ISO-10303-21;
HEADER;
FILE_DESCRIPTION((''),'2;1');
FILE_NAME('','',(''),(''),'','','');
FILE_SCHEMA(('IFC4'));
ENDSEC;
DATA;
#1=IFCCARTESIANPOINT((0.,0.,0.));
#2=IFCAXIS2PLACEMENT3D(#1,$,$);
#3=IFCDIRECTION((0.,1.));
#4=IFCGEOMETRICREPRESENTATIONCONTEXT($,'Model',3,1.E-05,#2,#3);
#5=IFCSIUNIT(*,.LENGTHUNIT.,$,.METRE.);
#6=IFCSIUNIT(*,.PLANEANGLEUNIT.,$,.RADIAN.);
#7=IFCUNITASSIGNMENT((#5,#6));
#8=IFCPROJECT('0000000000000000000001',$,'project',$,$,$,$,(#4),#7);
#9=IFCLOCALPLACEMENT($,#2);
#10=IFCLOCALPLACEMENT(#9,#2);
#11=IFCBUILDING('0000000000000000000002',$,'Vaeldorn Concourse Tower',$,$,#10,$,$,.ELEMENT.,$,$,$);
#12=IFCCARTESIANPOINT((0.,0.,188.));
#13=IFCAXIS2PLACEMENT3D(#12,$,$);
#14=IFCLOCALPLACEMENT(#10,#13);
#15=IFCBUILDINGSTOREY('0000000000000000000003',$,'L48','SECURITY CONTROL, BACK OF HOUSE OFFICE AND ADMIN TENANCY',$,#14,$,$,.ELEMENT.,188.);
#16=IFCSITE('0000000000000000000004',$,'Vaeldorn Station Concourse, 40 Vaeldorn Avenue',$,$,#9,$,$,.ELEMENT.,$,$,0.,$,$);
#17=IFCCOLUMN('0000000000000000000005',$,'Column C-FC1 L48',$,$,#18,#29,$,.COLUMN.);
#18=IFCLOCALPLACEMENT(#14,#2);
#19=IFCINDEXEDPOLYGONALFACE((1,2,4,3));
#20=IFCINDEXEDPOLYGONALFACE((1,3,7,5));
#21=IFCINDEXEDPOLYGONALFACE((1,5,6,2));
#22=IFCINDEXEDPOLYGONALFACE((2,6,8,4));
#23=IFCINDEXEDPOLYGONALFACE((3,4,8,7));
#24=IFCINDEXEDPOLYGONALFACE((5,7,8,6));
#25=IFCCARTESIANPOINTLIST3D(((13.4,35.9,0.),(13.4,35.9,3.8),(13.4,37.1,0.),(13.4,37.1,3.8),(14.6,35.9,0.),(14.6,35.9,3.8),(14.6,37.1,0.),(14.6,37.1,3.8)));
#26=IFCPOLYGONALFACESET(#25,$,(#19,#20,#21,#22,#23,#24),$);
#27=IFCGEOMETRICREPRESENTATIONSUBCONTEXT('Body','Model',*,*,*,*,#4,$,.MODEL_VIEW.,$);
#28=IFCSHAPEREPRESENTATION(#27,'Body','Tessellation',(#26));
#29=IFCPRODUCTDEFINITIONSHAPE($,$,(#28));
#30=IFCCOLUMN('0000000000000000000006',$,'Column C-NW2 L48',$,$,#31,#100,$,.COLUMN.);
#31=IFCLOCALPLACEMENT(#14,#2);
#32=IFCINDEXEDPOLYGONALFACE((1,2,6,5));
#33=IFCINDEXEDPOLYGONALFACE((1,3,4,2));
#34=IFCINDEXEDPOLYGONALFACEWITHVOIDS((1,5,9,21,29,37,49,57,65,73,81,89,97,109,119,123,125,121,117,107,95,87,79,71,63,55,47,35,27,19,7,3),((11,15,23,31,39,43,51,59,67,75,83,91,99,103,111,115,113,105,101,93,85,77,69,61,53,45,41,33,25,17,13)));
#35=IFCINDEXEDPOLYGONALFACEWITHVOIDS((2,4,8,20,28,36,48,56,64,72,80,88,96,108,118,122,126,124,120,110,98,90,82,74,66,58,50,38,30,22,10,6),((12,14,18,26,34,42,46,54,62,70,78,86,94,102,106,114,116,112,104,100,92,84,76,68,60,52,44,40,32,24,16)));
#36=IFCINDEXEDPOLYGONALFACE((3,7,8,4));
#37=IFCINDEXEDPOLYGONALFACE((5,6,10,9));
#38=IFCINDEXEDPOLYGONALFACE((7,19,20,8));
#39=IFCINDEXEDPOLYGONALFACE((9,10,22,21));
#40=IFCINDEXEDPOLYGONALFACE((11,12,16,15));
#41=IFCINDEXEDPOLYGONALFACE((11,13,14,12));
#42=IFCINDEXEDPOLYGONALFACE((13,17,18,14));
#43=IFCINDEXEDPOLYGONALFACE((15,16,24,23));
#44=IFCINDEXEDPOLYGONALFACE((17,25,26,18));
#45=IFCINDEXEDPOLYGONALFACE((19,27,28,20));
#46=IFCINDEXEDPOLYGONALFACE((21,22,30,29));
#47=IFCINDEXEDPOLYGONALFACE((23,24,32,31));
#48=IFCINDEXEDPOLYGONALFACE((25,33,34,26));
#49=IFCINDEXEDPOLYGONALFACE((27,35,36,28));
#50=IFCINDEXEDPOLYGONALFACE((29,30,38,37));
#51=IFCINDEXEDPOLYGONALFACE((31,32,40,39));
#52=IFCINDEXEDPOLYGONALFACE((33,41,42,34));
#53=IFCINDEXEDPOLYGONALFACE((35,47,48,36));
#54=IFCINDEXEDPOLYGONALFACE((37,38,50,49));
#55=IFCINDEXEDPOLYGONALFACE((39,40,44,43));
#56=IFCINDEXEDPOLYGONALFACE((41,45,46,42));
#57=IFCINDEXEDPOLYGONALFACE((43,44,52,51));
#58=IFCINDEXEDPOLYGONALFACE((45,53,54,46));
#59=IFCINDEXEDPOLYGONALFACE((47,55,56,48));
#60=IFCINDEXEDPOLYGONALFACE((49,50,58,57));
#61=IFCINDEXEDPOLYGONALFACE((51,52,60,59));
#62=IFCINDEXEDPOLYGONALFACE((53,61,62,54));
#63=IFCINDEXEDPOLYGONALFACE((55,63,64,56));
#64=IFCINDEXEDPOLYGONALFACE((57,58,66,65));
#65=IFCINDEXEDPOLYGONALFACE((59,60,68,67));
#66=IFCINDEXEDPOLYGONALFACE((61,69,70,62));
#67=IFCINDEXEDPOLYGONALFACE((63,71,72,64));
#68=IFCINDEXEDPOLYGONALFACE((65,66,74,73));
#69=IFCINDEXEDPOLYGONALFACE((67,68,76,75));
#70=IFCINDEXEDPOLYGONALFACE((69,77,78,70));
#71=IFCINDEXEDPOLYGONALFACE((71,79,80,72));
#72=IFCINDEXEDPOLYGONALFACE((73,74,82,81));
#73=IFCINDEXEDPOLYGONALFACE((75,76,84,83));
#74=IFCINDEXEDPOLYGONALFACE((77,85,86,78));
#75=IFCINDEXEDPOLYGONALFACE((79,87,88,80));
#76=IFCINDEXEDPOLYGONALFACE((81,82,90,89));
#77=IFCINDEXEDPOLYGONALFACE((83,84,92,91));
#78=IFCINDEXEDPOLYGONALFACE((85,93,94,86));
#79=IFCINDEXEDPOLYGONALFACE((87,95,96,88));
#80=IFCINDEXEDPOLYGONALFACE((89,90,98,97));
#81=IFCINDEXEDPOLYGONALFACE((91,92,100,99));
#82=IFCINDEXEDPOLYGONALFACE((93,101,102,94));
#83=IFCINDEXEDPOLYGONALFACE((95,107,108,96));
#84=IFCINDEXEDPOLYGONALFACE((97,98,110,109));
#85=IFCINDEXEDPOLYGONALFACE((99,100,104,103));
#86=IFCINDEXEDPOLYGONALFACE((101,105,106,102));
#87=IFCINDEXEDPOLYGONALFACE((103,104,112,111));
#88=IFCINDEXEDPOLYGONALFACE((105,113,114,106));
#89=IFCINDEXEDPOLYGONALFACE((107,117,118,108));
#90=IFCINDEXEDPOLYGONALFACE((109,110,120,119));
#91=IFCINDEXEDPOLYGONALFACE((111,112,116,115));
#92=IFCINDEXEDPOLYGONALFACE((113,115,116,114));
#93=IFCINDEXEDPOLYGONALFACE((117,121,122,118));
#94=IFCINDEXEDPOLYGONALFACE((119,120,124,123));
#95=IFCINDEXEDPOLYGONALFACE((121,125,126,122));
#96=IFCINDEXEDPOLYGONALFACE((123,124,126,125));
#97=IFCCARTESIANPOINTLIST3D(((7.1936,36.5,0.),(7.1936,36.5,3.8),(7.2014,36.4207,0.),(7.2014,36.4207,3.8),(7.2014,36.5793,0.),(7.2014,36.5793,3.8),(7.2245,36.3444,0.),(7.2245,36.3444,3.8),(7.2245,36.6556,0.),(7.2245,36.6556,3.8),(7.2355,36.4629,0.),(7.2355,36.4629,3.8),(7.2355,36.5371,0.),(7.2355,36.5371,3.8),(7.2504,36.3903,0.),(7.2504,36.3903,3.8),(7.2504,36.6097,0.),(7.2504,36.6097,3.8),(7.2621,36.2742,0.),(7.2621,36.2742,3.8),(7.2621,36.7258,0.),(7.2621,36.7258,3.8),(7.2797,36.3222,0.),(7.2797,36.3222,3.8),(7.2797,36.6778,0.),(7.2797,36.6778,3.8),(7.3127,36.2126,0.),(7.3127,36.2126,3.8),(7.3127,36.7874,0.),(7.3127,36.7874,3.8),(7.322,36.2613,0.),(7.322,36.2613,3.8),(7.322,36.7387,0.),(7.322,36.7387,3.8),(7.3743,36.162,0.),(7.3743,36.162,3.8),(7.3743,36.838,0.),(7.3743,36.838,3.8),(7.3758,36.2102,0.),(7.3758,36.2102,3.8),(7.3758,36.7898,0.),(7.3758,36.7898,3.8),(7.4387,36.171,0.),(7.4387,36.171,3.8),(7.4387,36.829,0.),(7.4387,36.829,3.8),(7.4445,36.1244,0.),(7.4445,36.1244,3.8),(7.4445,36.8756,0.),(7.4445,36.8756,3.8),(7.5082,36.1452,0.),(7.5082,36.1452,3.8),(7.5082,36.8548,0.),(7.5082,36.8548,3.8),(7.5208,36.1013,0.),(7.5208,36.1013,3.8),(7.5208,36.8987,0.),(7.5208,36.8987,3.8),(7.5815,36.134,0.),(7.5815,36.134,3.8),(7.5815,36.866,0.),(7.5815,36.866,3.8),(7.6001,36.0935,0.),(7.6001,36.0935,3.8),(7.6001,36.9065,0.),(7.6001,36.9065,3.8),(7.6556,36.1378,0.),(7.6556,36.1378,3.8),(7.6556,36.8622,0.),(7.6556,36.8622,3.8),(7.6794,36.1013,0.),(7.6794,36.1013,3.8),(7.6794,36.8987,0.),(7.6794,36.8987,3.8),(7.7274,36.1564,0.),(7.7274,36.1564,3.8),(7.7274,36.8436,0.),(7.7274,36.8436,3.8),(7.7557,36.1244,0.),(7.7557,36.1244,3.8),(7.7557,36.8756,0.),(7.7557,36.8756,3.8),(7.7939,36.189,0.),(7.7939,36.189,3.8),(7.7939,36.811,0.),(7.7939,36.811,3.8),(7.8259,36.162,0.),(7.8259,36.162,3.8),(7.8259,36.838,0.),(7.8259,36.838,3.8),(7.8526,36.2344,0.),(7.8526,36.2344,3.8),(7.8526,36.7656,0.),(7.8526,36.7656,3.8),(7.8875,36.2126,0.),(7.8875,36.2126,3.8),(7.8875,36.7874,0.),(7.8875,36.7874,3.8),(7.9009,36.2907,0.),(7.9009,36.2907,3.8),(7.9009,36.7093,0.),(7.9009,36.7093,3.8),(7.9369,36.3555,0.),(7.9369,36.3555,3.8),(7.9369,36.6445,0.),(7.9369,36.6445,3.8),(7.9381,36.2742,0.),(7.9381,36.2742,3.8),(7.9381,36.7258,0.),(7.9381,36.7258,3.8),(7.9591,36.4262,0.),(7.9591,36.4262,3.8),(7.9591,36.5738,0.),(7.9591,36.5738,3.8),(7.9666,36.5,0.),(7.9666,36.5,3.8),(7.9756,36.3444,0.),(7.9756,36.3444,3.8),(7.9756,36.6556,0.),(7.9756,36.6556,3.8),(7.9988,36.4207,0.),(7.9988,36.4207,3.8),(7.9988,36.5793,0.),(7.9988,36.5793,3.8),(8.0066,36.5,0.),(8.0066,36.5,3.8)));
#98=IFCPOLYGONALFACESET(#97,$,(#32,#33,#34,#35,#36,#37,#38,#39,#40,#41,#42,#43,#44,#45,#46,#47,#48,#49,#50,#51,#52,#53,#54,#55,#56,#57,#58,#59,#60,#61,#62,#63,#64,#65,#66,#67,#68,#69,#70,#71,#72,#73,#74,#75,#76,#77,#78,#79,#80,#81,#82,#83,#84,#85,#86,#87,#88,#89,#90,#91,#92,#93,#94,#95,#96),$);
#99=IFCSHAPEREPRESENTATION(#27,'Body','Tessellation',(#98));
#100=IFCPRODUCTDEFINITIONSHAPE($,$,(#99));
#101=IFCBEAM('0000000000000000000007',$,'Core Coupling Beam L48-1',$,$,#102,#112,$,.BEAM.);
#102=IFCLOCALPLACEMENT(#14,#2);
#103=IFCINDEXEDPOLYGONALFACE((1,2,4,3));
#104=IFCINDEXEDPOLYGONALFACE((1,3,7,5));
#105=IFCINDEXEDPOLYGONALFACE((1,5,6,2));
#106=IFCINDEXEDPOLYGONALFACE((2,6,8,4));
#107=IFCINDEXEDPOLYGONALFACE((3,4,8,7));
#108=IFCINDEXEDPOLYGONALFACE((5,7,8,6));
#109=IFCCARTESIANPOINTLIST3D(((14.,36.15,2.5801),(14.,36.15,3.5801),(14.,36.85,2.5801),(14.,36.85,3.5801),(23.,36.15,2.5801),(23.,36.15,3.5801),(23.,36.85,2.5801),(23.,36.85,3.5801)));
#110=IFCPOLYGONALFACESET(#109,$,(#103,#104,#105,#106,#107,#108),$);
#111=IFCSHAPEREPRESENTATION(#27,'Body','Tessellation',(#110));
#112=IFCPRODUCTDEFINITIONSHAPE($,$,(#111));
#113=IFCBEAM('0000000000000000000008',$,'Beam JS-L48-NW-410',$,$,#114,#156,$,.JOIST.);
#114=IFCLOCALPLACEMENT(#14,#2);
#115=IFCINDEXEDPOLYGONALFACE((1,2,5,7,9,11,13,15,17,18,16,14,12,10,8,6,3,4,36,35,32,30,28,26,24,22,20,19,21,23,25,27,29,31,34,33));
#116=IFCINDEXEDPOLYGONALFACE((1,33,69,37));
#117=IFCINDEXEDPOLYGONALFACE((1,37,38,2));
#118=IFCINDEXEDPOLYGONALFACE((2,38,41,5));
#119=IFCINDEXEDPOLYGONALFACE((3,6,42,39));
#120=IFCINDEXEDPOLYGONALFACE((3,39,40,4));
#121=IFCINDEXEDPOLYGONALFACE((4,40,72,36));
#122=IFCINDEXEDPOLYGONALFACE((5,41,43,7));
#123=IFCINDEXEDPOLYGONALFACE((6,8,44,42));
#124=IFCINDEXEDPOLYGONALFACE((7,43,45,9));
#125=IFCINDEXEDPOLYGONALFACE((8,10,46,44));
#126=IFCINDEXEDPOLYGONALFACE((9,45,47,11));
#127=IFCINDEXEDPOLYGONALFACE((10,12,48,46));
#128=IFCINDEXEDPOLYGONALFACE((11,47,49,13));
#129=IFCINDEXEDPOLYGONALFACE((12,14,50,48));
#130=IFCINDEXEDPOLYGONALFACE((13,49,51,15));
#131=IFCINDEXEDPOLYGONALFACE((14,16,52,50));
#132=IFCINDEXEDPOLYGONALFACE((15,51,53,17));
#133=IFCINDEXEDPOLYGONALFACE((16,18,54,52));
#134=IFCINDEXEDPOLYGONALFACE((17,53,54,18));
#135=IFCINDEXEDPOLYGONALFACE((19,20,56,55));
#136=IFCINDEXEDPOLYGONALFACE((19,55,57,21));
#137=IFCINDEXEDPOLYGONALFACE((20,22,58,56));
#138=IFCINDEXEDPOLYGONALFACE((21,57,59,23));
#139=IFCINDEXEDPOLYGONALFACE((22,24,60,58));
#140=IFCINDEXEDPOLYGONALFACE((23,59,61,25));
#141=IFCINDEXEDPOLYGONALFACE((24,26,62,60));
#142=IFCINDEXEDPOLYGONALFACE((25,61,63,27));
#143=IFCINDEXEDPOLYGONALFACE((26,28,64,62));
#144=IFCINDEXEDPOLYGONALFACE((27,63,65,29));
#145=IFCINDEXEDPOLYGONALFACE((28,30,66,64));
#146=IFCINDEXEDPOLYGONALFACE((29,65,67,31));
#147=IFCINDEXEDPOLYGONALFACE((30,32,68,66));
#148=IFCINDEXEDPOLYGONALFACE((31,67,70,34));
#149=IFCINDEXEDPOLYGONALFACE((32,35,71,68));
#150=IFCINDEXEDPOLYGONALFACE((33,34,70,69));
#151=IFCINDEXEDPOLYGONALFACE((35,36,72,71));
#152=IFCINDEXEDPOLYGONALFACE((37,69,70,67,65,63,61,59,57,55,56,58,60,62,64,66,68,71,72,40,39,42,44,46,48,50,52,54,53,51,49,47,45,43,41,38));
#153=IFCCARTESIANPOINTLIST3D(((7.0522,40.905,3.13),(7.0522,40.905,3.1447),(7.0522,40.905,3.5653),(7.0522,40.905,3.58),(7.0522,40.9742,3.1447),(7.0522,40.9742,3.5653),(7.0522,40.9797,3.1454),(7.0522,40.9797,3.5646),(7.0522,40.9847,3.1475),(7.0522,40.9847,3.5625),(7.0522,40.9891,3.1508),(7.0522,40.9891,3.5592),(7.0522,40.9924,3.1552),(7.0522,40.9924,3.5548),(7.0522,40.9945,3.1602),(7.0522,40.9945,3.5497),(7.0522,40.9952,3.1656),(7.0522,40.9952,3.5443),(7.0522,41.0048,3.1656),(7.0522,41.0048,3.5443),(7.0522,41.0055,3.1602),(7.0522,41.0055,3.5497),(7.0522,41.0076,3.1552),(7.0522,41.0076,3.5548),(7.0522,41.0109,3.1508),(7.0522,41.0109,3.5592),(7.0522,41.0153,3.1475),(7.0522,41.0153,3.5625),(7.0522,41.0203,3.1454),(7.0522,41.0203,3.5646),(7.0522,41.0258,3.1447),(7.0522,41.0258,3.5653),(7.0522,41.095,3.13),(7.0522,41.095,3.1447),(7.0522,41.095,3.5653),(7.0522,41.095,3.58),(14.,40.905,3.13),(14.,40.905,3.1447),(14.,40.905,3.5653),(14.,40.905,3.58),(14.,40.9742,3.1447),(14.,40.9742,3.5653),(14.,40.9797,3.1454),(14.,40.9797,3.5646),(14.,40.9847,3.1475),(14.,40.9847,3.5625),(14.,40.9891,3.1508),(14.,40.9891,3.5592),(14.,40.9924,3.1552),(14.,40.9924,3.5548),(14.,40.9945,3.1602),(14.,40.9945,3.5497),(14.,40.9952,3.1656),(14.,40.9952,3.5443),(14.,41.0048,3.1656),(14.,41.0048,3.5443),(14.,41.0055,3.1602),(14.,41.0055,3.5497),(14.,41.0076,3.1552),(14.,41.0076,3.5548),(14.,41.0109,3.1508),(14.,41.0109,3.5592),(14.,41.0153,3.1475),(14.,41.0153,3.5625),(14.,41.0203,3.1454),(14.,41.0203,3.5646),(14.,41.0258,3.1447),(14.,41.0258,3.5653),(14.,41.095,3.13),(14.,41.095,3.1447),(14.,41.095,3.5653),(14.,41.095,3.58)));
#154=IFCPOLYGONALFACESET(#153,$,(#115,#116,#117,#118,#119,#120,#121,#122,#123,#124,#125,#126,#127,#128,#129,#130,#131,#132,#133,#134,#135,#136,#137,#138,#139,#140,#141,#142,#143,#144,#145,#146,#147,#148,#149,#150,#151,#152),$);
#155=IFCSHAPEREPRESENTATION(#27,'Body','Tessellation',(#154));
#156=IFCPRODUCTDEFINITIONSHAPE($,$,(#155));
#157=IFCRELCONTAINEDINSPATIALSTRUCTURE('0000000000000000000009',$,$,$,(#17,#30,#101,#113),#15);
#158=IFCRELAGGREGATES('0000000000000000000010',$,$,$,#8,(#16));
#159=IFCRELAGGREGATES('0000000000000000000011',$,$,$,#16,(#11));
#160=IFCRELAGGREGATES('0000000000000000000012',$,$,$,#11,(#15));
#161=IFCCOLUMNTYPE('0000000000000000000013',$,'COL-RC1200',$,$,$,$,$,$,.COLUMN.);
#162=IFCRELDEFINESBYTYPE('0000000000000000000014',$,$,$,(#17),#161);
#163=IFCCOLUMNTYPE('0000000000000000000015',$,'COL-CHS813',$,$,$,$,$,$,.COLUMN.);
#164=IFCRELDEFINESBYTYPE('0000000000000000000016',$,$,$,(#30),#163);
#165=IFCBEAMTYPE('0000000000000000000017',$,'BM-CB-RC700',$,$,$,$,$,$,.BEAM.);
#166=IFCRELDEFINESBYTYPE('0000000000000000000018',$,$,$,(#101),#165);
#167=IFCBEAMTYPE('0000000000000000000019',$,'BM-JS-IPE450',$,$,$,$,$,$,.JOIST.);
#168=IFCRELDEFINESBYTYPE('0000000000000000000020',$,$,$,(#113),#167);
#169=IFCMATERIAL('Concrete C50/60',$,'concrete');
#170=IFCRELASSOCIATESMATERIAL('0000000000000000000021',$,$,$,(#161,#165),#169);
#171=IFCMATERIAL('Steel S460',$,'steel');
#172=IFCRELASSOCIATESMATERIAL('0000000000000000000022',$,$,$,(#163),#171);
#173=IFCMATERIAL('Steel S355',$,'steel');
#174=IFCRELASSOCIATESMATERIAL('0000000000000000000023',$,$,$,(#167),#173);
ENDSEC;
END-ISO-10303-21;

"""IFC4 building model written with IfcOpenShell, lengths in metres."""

from ifc_helpers import new_model, si_unit, direction, frame, origin, origin_2d, place, context, subcontext, project, spatial, rectangle, hollow_circle, i_section, extrude, source, transform, mapped, material, material_profile, profile_set, type_object, element, save


model = new_model("IFC4")

# Units and contexts
model_context = context("Model", 3, precision=1e-05, world=origin(), true_north=direction((0.0, 1.0)))
body_context = subcontext(model_context, "Body", "Model", "MODEL_VIEW")
ifc_project = project(units=[si_unit("LENGTHUNIT", "METRE"), si_unit("PLANEANGLEUNIT", "RADIAN")], contexts=[model_context])

# Site, building, storey
site_placement = place(None, origin())
site = spatial("IfcSite", under=ifc_project, at=site_placement, Name="Vaeldorn Station Concourse, 40 Vaeldorn Avenue", CompositionType="ELEMENT", RefElevation=0.0)
building_placement = place(site_placement, origin())
building = spatial("IfcBuilding", under=site, at=building_placement, Name="Vaeldorn Concourse Tower", CompositionType="ELEMENT")
storey_placement = place(building_placement, frame((0.0, 0.0, 188.0)))
storey = spatial("IfcBuildingStorey", under=building, at=storey_placement, Name="L48", Description="SECURITY CONTROL, BACK OF HOUSE OFFICE AND ADMIN TENANCY", CompositionType="ELEMENT", Elevation=188.0)

# Columns
ifc_material_1 = material(Name="Concrete C50/60", Category="concrete")
ifc_material_profile_1 = material_profile(ifc_material_1, rectangle(XDim=1.2, YDim=1.2, at=origin_2d()), Name="RC 1200x1200")
ifc_profile_set_1 = profile_set([ifc_material_profile_1], Name="Concrete C50/60")
column_type_1 = type_object("IfcColumnType", Name="COL-RC1200", PredefinedType="COLUMN", material=ifc_profile_set_1)
shared_shape_1 = source(origin(), body_context, "Body", "SweptSolid", [
    extrude(rectangle(XDim=1.2, YDim=1.2, at=origin_2d()), origin(), (0.0, 0.0, 1.0), 3.8),
])
column_1_placement = place(storey_placement, frame((14.0, 36.5, 0.0), z_axis=(0.0, 0.0, 1.0), x_axis=(1.0, 0.0, 0.0)))
element("IfcColumn", 1, at=column_1_placement, inside=storey, type_object=column_type_1, Name="Column C-FC1 L48", PredefinedType="COLUMN", context=body_context, shape_type="MappedRepresentation", body=[
    mapped(shared_shape_1, transform((0.0, 0.0, 0.0), scale=1.0)),
])
ifc_material_2 = material(Name="Steel S460", Category="steel")
ifc_material_profile_2 = material_profile(ifc_material_2, hollow_circle(Radius=0.4065, WallThickness=0.04, at=origin_2d()), Name="CHS 813x40")
ifc_profile_set_2 = profile_set([ifc_material_profile_2], Name="Steel S460")
column_type_2 = type_object("IfcColumnType", Name="COL-CHS813", PredefinedType="COLUMN", material=ifc_profile_set_2)
shared_shape_2 = source(origin(), body_context, "Body", "SweptSolid", [
    extrude(hollow_circle(Radius=0.4065, WallThickness=0.04, at=origin_2d()), origin(), (0.0, 0.0, 1.0), 3.8),
])
column_2_placement = place(storey_placement, frame((7.6001, 36.5, 0.0), z_axis=(0.0, 0.0, 1.0), x_axis=(1.0, 0.0, 0.0)))
element("IfcColumn", 2, at=column_2_placement, inside=storey, type_object=column_type_2, Name="Column C-NW2 L48", PredefinedType="COLUMN", context=body_context, shape_type="MappedRepresentation", body=[
    mapped(shared_shape_2, transform((0.0, 0.0, 0.0), scale=1.0)),
])

# Beams
ifc_material_profile_3 = material_profile(ifc_material_1, rectangle(XDim=0.7, YDim=1.0, at=origin_2d()), Name="RC 700x1000")
ifc_profile_set_3 = profile_set([ifc_material_profile_3], Name="Concrete C50/60")
beam_type_1 = type_object("IfcBeamType", Name="BM-CB-RC700", PredefinedType="BEAM", material=ifc_profile_set_3)
shared_shape_3 = source(origin(), body_context, "Body", "SweptSolid", [
    extrude(rectangle(XDim=0.7, YDim=1.0, at=origin_2d()), origin(), (0.0, 0.0, 1.0), 9.0),
])
beam_1_placement = place(storey_placement, frame((14.0, 36.5, 3.0801), z_axis=(1.0, 0.0, 0.0), x_axis=(0.0, 1.0, 0.0)))
element("IfcBeam", 3, at=beam_1_placement, inside=storey, type_object=beam_type_1, Name="Core Coupling Beam L48-1", PredefinedType="BEAM", context=body_context, shape_type="MappedRepresentation", body=[
    mapped(shared_shape_3, transform((0.0, 0.0, 0.0), scale=1.0)),
])
ifc_material_3 = material(Name="Steel S355", Category="steel")
ifc_material_profile_4 = material_profile(ifc_material_3, i_section(OverallWidth=0.1899, OverallDepth=0.45, WebThickness=0.0095, FlangeThickness=0.0146, FilletRadius=0.021, at=origin_2d()), Name="IPE 450")
ifc_profile_set_4 = profile_set([ifc_material_profile_4], Name="Steel S355")
beam_type_2 = type_object("IfcBeamType", Name="BM-JS-IPE450", PredefinedType="JOIST", material=ifc_profile_set_4)
shared_shape_4 = source(origin(), body_context, "Body", "SweptSolid", [
    extrude(i_section(OverallWidth=0.1899, OverallDepth=0.45, WebThickness=0.0095, FlangeThickness=0.0146, FilletRadius=0.021, at=origin_2d()), origin(), (0.0, 0.0, 1.0), 6.9478),
])
beam_2_placement = place(storey_placement, frame((7.0522, 41.0, 3.355), z_axis=(1.0, 0.0, 0.0), x_axis=(0.0, 1.0, 0.0)))
element("IfcBeam", 4, at=beam_2_placement, inside=storey, type_object=beam_type_2, Name="Beam JS-L48-NW-410", PredefinedType="JOIST", context=body_context, shape_type="MappedRepresentation", body=[
    mapped(shared_shape_4, transform((0.0, 0.0, 0.0), scale=1.0)),
])

save(model, "model.ifc")
